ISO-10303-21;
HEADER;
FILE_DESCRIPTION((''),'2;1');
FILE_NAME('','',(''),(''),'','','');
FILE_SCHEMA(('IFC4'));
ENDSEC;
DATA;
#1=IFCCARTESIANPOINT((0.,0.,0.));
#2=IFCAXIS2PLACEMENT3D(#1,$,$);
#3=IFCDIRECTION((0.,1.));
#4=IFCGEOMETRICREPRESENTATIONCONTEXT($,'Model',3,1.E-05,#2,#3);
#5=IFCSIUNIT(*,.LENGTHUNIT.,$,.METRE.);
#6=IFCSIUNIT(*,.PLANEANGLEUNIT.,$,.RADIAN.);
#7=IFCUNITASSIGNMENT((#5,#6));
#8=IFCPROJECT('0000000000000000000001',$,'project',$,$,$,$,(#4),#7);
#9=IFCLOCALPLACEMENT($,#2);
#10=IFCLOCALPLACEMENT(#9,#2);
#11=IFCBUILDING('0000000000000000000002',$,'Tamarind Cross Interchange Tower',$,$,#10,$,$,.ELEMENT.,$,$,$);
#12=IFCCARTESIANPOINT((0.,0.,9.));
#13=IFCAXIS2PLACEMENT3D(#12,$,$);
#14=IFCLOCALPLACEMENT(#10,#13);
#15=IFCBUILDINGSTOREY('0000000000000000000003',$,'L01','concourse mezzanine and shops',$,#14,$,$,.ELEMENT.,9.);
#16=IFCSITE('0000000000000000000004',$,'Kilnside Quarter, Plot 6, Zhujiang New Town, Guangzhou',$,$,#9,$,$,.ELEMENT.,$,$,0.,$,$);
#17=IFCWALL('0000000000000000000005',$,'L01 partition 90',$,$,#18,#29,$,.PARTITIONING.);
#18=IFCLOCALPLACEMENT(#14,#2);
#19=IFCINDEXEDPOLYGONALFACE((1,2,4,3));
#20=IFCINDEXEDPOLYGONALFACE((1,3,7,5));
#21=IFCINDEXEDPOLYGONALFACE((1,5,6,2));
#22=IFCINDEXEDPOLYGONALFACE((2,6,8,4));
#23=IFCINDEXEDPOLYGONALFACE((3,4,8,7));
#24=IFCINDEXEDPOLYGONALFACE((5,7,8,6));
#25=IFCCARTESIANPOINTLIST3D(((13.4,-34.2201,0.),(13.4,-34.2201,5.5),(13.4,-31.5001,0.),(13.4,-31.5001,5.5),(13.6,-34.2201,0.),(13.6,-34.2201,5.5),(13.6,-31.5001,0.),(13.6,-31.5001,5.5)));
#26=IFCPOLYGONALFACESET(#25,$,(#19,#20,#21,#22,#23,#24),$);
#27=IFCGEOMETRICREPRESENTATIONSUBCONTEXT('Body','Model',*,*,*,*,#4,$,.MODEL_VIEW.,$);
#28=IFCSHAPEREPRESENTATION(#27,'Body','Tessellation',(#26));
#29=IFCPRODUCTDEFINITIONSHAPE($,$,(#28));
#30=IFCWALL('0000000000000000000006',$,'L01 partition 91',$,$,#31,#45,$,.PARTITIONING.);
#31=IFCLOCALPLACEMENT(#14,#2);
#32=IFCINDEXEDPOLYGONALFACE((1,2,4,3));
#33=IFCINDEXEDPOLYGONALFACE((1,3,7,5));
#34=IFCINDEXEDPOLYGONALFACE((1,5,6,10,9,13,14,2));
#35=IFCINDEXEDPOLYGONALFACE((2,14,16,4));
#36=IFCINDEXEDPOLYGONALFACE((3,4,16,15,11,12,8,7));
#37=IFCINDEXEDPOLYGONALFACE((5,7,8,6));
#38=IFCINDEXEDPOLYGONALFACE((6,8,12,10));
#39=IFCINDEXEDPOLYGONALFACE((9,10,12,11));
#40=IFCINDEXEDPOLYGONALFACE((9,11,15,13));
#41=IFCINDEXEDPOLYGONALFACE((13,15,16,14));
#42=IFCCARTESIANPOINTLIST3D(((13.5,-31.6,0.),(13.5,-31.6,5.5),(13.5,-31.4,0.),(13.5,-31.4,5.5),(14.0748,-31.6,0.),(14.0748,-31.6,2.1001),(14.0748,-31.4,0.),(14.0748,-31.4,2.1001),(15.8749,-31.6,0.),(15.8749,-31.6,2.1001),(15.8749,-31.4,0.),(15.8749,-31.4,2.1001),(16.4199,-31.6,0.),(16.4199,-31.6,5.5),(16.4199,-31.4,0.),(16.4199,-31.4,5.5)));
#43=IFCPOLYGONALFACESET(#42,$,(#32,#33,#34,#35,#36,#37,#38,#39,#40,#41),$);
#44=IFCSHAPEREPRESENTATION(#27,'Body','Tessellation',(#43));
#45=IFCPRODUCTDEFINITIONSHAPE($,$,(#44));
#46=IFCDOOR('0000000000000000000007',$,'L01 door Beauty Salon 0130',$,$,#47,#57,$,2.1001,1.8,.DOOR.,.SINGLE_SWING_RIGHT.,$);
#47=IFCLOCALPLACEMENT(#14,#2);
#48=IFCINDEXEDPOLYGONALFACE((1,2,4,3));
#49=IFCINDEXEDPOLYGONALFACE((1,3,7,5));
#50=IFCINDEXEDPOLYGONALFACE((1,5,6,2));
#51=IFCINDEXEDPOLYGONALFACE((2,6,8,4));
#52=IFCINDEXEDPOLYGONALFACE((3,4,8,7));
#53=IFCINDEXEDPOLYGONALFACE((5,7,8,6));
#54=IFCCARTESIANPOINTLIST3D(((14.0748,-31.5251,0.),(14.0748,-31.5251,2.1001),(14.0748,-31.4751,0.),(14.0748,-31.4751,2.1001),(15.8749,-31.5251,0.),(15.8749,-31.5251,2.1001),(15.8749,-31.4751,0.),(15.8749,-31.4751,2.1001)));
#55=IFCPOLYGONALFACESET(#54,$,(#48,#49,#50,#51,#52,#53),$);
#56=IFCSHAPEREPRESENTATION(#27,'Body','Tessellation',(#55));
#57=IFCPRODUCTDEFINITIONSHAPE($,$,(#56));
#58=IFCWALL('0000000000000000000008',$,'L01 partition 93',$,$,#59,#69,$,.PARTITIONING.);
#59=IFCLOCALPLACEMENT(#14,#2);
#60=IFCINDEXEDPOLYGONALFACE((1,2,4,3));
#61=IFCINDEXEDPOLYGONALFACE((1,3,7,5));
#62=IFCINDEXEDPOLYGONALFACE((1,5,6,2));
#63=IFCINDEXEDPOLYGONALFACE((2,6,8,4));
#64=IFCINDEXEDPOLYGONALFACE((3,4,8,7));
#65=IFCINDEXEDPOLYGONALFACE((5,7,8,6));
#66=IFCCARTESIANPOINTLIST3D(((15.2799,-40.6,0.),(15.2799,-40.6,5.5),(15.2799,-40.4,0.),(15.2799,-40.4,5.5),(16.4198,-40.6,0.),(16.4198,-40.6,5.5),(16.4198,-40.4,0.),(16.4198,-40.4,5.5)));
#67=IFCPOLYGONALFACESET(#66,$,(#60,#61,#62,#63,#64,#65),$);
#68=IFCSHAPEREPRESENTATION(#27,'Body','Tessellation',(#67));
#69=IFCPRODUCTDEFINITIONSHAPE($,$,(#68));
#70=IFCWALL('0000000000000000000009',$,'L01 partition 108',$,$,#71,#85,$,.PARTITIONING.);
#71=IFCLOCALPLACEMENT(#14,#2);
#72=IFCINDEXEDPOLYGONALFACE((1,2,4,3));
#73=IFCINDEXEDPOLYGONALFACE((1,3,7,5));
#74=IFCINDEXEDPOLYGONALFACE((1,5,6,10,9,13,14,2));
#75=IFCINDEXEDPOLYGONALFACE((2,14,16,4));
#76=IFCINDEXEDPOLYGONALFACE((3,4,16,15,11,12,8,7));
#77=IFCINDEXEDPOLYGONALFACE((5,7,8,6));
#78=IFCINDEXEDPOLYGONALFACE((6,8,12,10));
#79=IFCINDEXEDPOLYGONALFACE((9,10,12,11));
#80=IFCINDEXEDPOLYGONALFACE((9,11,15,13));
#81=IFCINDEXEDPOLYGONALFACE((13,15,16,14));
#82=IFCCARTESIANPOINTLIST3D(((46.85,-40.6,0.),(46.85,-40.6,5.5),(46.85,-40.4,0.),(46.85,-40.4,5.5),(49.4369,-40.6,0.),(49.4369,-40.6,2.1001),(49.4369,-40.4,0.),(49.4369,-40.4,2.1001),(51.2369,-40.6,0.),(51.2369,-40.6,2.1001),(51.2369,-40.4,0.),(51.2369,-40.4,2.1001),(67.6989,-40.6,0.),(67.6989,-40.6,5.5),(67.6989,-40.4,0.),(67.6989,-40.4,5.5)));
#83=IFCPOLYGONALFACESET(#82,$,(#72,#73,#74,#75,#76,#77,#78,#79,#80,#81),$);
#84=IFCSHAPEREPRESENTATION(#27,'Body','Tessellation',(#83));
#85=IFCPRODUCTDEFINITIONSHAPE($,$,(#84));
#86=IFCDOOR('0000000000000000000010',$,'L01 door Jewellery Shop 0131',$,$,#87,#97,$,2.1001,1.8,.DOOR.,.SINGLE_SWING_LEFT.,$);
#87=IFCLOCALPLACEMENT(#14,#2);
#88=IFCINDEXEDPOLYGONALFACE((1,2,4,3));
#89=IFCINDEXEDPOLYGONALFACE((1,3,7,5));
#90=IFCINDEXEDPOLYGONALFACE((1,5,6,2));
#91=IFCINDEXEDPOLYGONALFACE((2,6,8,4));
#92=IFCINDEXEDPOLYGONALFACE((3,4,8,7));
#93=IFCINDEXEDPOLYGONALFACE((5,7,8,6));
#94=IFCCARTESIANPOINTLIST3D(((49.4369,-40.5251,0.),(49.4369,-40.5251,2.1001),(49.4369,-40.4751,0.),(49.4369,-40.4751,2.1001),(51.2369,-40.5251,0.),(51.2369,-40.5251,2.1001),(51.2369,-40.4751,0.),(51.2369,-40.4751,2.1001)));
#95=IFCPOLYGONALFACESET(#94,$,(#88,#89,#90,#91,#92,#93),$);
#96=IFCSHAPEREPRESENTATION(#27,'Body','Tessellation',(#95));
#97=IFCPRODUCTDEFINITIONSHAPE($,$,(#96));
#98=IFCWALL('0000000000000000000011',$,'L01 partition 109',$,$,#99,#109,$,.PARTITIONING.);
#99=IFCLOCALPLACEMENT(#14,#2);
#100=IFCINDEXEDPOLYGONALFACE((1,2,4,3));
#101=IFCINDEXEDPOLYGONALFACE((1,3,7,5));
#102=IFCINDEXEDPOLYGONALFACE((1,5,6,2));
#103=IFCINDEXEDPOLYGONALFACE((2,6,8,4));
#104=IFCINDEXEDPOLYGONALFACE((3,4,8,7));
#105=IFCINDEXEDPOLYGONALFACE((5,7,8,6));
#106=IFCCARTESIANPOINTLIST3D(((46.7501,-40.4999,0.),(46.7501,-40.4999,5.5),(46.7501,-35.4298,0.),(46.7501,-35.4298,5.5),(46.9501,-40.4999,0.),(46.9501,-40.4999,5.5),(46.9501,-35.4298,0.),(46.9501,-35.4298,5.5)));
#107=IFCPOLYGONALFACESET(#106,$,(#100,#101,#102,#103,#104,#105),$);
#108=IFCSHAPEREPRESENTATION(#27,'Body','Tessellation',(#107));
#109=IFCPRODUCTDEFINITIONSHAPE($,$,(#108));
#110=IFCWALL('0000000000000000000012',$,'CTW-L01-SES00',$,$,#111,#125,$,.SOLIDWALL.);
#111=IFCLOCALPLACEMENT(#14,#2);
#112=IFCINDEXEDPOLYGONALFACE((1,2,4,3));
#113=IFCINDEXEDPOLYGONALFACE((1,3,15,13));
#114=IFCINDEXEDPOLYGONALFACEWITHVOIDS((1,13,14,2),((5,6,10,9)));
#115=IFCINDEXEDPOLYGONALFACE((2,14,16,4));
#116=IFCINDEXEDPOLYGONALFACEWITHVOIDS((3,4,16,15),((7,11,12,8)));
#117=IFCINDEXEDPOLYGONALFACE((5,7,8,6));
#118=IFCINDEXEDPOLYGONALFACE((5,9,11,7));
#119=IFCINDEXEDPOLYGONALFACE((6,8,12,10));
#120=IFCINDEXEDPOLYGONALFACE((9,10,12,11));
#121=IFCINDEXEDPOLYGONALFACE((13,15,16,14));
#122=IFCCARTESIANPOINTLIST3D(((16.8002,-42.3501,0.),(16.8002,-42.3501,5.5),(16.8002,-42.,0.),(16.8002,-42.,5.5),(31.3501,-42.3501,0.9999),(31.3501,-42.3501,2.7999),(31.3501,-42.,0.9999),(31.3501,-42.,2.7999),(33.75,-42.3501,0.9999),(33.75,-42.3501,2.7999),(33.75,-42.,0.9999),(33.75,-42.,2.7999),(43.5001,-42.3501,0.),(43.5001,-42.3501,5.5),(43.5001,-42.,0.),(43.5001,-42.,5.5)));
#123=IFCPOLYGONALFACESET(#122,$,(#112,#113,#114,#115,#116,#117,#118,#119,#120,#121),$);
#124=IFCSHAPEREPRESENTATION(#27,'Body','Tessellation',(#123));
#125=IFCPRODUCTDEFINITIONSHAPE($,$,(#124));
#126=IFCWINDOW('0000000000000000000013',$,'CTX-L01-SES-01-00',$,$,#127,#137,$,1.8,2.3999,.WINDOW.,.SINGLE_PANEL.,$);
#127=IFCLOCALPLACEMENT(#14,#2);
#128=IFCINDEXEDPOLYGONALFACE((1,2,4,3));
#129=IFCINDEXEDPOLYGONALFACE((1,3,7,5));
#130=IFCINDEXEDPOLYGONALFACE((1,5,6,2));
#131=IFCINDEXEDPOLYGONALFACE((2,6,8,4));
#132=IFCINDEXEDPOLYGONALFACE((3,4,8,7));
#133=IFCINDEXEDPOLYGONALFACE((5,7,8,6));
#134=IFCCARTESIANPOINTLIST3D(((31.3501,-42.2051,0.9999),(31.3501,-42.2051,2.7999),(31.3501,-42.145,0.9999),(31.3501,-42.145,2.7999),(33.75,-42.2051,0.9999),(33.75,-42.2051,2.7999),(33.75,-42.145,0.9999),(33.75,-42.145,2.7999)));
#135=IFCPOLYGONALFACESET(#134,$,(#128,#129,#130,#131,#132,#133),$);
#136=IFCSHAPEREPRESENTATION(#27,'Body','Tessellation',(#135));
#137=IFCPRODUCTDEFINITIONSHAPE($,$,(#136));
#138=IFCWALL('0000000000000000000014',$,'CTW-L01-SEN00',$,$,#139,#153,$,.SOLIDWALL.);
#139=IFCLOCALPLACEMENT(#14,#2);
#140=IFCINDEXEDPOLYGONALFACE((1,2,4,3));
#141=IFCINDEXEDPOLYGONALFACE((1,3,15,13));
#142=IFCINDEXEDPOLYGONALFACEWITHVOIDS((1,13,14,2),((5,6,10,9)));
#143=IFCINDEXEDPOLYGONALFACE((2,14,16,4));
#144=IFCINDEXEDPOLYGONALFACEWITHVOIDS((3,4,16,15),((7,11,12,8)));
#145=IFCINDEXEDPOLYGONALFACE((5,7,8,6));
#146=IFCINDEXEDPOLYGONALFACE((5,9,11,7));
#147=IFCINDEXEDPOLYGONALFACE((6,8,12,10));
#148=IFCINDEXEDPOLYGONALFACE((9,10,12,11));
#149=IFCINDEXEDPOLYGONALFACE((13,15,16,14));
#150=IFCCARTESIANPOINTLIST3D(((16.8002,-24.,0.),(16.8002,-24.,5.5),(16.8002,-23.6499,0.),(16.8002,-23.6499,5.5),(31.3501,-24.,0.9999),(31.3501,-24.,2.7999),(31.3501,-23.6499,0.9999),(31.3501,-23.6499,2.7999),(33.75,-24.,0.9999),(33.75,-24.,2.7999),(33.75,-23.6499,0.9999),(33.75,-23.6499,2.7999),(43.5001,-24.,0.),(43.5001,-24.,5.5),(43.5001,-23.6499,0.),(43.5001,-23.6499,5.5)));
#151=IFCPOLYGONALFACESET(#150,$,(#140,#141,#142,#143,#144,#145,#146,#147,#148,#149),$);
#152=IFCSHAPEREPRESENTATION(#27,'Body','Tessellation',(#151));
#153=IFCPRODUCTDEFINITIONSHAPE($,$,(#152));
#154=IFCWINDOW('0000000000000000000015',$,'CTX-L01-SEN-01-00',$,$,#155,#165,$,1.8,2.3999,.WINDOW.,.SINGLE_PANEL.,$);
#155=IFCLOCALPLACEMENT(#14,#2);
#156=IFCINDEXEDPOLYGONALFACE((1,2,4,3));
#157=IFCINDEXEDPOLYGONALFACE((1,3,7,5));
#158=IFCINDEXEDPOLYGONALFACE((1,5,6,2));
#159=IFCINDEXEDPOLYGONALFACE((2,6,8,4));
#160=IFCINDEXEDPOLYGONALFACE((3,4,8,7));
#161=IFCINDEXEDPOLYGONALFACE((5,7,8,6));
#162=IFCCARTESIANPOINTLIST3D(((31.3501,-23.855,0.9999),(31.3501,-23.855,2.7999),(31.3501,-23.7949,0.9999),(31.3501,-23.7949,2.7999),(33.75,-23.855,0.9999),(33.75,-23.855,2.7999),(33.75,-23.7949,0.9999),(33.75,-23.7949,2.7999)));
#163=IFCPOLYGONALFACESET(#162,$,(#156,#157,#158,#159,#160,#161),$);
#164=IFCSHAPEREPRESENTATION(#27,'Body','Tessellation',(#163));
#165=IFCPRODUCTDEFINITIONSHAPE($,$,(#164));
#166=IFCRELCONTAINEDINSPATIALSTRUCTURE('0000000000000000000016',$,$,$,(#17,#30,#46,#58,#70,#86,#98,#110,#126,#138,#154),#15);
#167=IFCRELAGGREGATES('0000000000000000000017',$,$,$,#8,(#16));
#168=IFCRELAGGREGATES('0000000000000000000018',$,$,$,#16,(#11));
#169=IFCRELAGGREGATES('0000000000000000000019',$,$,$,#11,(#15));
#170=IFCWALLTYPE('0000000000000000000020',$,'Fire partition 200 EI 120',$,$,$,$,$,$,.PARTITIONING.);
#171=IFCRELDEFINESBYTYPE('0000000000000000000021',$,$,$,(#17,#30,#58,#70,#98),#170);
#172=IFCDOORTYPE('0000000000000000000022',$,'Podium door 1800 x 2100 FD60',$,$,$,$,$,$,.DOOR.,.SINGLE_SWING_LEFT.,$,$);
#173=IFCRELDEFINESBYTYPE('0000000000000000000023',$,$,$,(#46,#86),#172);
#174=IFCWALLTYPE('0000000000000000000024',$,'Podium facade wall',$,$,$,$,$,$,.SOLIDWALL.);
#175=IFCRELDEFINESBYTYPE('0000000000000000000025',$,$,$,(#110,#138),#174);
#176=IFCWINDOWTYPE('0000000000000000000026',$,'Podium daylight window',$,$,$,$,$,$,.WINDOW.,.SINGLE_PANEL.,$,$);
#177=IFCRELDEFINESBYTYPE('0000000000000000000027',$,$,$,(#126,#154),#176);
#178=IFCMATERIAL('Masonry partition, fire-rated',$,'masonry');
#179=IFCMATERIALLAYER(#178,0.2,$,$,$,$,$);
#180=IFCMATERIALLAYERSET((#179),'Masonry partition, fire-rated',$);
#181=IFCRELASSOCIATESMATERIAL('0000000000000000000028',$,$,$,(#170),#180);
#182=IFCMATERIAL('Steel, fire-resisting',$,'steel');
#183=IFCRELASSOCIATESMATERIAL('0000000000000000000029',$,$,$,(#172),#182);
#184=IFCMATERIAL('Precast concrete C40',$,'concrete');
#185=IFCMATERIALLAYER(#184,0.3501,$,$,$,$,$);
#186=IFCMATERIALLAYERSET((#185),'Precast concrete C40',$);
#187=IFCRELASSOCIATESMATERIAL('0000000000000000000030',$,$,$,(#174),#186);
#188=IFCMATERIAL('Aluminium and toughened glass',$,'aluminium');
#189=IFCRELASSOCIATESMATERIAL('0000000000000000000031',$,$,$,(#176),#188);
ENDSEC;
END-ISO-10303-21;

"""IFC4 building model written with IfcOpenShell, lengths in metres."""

from ifc_helpers import new_model, si_unit, direction, frame, frame_2d, origin, place, context, subcontext, project, spatial, rectangle, extrude, material, layer, layer_set, type_object, element, fill, save


model = new_model("IFC4")

# Units and contexts
model_context = context("Model", 3, precision=1e-05, world=origin(), true_north=direction((0.0, 1.0)))
body_context = subcontext(model_context, "Body", "Model", "MODEL_VIEW")
ifc_project = project(units=[si_unit("LENGTHUNIT", "METRE"), si_unit("PLANEANGLEUNIT", "RADIAN")], contexts=[model_context])

# Site, building, storey
site_placement = place(None, origin())
site = spatial("IfcSite", under=ifc_project, at=site_placement, Name="Kilnside Quarter, Plot 6, Zhujiang New Town, Guangzhou", CompositionType="ELEMENT", RefElevation=0.0)
building_placement = place(site_placement, origin())
building = spatial("IfcBuilding", under=site, at=building_placement, Name="Tamarind Cross Interchange Tower", CompositionType="ELEMENT")
storey_placement = place(building_placement, frame((0.0, 0.0, 9.0)))
storey = spatial("IfcBuildingStorey", under=building, at=storey_placement, Name="L01", Description="concourse mezzanine and shops", CompositionType="ELEMENT", Elevation=9.0)

# Wall
ifc_material_1 = material(Name="Masonry partition, fire-rated", Category="masonry")
ifc_layer_1 = layer(ifc_material_1, 0.2)
ifc_layer_set_1 = layer_set([ifc_layer_1], Name="Masonry partition, fire-rated")
wall_type_1 = type_object("IfcWallType", Name="Fire partition 200 EI 120", PredefinedType="PARTITIONING", material=ifc_layer_set_1)
wall_1_placement = place(storey_placement, frame((13.5, -34.22, 0.0), z_axis=(0.0, 0.0, 1.0), x_axis=(0.0, 1.0, 0.0)))
element("IfcWall", 1, at=wall_1_placement, inside=storey, type_object=wall_type_1, Name="L01 partition 90", PredefinedType="PARTITIONING", context=body_context, shape_type="SweptSolid", body=[
    extrude(rectangle(XDim=2.72, YDim=0.2, at=frame_2d((1.3599, 0.0))), origin(), (0.0, 0.0, 1.0), 5.5),
])

# Wall, opening, door
wall_2_placement = place(storey_placement, frame((13.5, -31.5, 0.0), z_axis=(0.0, 0.0, 1.0), x_axis=(1.0, 0.0, 0.0)))
wall_2 = element("IfcWall", 2, at=wall_2_placement, inside=storey, type_object=wall_type_1, Name="L01 partition 91", PredefinedType="PARTITIONING", context=body_context, shape_type="SweptSolid", body=[
    extrude(rectangle(XDim=2.9199, YDim=0.2, at=frame_2d((1.46, 0.0))), origin(), (0.0, 0.0, 1.0), 5.5),
])
opening_1_placement = place(wall_2_placement, frame((0.575, 0.0, 0.0)))
opening_1 = element("IfcOpeningElement", 3, at=opening_1_placement, cuts=wall_2, PredefinedType="OPENING", context=body_context, shape_type="SweptSolid", body=[
    extrude(rectangle(XDim=1.8, YDim=2.1001, at=frame_2d((0.8999, 1.05))), frame((0.0, 0.1099, 0.0), z_axis=(0.0, -1.0, 0.0), x_axis=(1.0, 0.0, 0.0)), (0.0, 0.0, 1.0), 0.22),
])
ifc_material_2 = material(Name="Steel, fire-resisting", Category="steel")
door_type_1 = type_object("IfcDoorType", Name="Podium door 1800 x 2100 FD60", OperationType="SINGLE_SWING_LEFT", PredefinedType="DOOR", material=ifc_material_2)
door_1_placement = place(opening_1_placement, origin())
door_1 = element("IfcDoor", 4, at=door_1_placement, inside=storey, type_object=door_type_1, Name="L01 door Beauty Salon 0130", OperationType="SINGLE_SWING_RIGHT", OverallHeight=2.1001, OverallWidth=1.8, PredefinedType="DOOR", context=body_context, shape_type="SweptSolid", body=[
    extrude(rectangle(XDim=1.8, YDim=2.1001, at=frame_2d((0.8999, 1.05))), frame((0.0, 0.0249, 0.0), z_axis=(0.0, -1.0, 0.0), x_axis=(1.0, 0.0, 0.0)), (0.0, 0.0, 1.0), 0.05),
])
fill(opening_1, door_1)

# Wall
wall_3_placement = place(storey_placement, frame((15.28, -40.5, 0.0), z_axis=(0.0, 0.0, 1.0), x_axis=(1.0, 0.0, 0.0)))
element("IfcWall", 5, at=wall_3_placement, inside=storey, type_object=wall_type_1, Name="L01 partition 93", PredefinedType="PARTITIONING", context=body_context, shape_type="SweptSolid", body=[
    extrude(rectangle(XDim=1.1399, YDim=0.2, at=frame_2d((0.5698, 0.0))), origin(), (0.0, 0.0, 1.0), 5.5),
])

# Wall, opening, door
wall_4_placement = place(storey_placement, frame((46.8501, -40.5, 0.0), z_axis=(0.0, 0.0, 1.0), x_axis=(1.0, 0.0, 0.0)))
wall_4 = element("IfcWall", 6, at=wall_4_placement, inside=storey, type_object=wall_type_1, Name="L01 partition 108", PredefinedType="PARTITIONING", context=body_context, shape_type="SweptSolid", body=[
    extrude(rectangle(XDim=20.8489, YDim=0.2, at=frame_2d((10.4243, 0.0))), origin(), (0.0, 0.0, 1.0), 5.5),
])
opening_2_placement = place(wall_4_placement, frame((2.5869, 0.0, 0.0)))
opening_2 = element("IfcOpeningElement", 7, at=opening_2_placement, cuts=wall_4, PredefinedType="OPENING", context=body_context, shape_type="SweptSolid", body=[
    extrude(rectangle(XDim=1.8, YDim=2.1001, at=frame_2d((0.8999, 1.05))), frame((0.0, 0.1099, 0.0), z_axis=(0.0, -1.0, 0.0), x_axis=(1.0, 0.0, 0.0)), (0.0, 0.0, 1.0), 0.22),
])
door_2_placement = place(opening_2_placement, origin())
door_2 = element("IfcDoor", 8, at=door_2_placement, inside=storey, type_object=door_type_1, Name="L01 door Jewellery Shop 0131", OperationType="SINGLE_SWING_LEFT", OverallHeight=2.1001, OverallWidth=1.8, PredefinedType="DOOR", context=body_context, shape_type="SweptSolid", body=[
    extrude(rectangle(XDim=1.8, YDim=2.1001, at=frame_2d((0.8999, 1.05))), frame((0.0, 0.0249, 0.0), z_axis=(0.0, -1.0, 0.0), x_axis=(1.0, 0.0, 0.0)), (0.0, 0.0, 1.0), 0.05),
])
fill(opening_2, door_2)

# Wall
wall_5_placement = place(storey_placement, frame((46.8501, -40.5, 0.0), z_axis=(0.0, 0.0, 1.0), x_axis=(0.0, 1.0, 0.0)))
element("IfcWall", 9, at=wall_5_placement, inside=storey, type_object=wall_type_1, Name="L01 partition 109", PredefinedType="PARTITIONING", context=body_context, shape_type="SweptSolid", body=[
    extrude(rectangle(XDim=5.0701, YDim=0.2, at=frame_2d((2.5352, 0.0))), origin(), (0.0, 0.0, 1.0), 5.5),
])

# Walls, openings, windows
ifc_material_3 = material(Name="Precast concrete C40", Category="concrete")
ifc_layer_2 = layer(ifc_material_3, 0.3501)
ifc_layer_set_2 = layer_set([ifc_layer_2], Name="Precast concrete C40")
wall_type_2 = type_object("IfcWallType", Name="Podium facade wall", PredefinedType="SOLIDWALL", material=ifc_layer_set_2)
wall_6_placement = place(storey_placement, frame((16.8, -42.175, 0.0), z_axis=(0.0, 0.0, 1.0), x_axis=(1.0, 0.0, 0.0)))
wall_6 = element("IfcWall", 10, at=wall_6_placement, inside=storey, type_object=wall_type_2, Name="CTW-L01-SES00", PredefinedType="SOLIDWALL", context=body_context, shape_type="SweptSolid", body=[
    extrude(rectangle(XDim=26.7, YDim=0.3501, at=frame_2d((13.3501, 0.0))), origin(), (0.0, 0.0, 1.0), 5.5),
])
opening_3_placement = place(wall_6_placement, frame((14.55, 0.0, 1.0)))
opening_3 = element("IfcOpeningElement", 11, at=opening_3_placement, cuts=wall_6, PredefinedType="OPENING", context=body_context, shape_type="SweptSolid", body=[
    extrude(rectangle(XDim=2.3999, YDim=1.8, at=frame_2d((1.2, 0.8999))), frame((0.0, 0.1851, 0.0), z_axis=(0.0, -1.0, 0.0), x_axis=(1.0, 0.0, 0.0)), (0.0, 0.0, 1.0), 0.3701),
])
ifc_material_4 = material(Name="Aluminium and toughened glass", Category="aluminium")
window_type = type_object("IfcWindowType", Name="Podium daylight window", PartitioningType="SINGLE_PANEL", PredefinedType="WINDOW", material=ifc_material_4)
window_1_placement = place(opening_3_placement, origin())
window_1 = element("IfcWindow", 12, at=window_1_placement, inside=storey, type_object=window_type, Name="CTX-L01-SES-01-00", OverallHeight=1.8, OverallWidth=2.3999, PartitioningType="SINGLE_PANEL", PredefinedType="WINDOW", context=body_context, shape_type="SweptSolid", body=[
    extrude(rectangle(XDim=2.3999, YDim=1.8, at=frame_2d((1.2, 0.8999))), frame((0.0, 0.03, 0.0), z_axis=(0.0, -1.0, 0.0), x_axis=(1.0, 0.0, 0.0)), (0.0, 0.0, 1.0), 0.0601),
])
fill(opening_3, window_1)
wall_7_placement = place(storey_placement, frame((16.8, -23.825, 0.0), z_axis=(0.0, 0.0, 1.0), x_axis=(1.0, 0.0, 0.0)))
wall_7 = element("IfcWall", 13, at=wall_7_placement, inside=storey, type_object=wall_type_2, Name="CTW-L01-SEN00", PredefinedType="SOLIDWALL", context=body_context, shape_type="SweptSolid", body=[
    extrude(rectangle(XDim=26.7, YDim=0.3501, at=frame_2d((13.3501, 0.0))), origin(), (0.0, 0.0, 1.0), 5.5),
])
opening_4_placement = place(wall_7_placement, frame((14.55, 0.0, 1.0)))
opening_4 = element("IfcOpeningElement", 14, at=opening_4_placement, cuts=wall_7, PredefinedType="OPENING", context=body_context, shape_type="SweptSolid", body=[
    extrude(rectangle(XDim=2.3999, YDim=1.8, at=frame_2d((1.2, 0.8999))), frame((0.0, 0.1851, 0.0), z_axis=(0.0, -1.0, 0.0), x_axis=(1.0, 0.0, 0.0)), (0.0, 0.0, 1.0), 0.3701),
])
window_2_placement = place(opening_4_placement, origin())
window_2 = element("IfcWindow", 15, at=window_2_placement, inside=storey, type_object=window_type, Name="CTX-L01-SEN-01-00", OverallHeight=1.8, OverallWidth=2.3999, PartitioningType="SINGLE_PANEL", PredefinedType="WINDOW", context=body_context, shape_type="SweptSolid", body=[
    extrude(rectangle(XDim=2.3999, YDim=1.8, at=frame_2d((1.2, 0.8999))), frame((0.0, 0.03, 0.0), z_axis=(0.0, -1.0, 0.0), x_axis=(1.0, 0.0, 0.0)), (0.0, 0.0, 1.0), 0.0601),
])
fill(opening_4, window_2)

save(model, "model.ifc")
